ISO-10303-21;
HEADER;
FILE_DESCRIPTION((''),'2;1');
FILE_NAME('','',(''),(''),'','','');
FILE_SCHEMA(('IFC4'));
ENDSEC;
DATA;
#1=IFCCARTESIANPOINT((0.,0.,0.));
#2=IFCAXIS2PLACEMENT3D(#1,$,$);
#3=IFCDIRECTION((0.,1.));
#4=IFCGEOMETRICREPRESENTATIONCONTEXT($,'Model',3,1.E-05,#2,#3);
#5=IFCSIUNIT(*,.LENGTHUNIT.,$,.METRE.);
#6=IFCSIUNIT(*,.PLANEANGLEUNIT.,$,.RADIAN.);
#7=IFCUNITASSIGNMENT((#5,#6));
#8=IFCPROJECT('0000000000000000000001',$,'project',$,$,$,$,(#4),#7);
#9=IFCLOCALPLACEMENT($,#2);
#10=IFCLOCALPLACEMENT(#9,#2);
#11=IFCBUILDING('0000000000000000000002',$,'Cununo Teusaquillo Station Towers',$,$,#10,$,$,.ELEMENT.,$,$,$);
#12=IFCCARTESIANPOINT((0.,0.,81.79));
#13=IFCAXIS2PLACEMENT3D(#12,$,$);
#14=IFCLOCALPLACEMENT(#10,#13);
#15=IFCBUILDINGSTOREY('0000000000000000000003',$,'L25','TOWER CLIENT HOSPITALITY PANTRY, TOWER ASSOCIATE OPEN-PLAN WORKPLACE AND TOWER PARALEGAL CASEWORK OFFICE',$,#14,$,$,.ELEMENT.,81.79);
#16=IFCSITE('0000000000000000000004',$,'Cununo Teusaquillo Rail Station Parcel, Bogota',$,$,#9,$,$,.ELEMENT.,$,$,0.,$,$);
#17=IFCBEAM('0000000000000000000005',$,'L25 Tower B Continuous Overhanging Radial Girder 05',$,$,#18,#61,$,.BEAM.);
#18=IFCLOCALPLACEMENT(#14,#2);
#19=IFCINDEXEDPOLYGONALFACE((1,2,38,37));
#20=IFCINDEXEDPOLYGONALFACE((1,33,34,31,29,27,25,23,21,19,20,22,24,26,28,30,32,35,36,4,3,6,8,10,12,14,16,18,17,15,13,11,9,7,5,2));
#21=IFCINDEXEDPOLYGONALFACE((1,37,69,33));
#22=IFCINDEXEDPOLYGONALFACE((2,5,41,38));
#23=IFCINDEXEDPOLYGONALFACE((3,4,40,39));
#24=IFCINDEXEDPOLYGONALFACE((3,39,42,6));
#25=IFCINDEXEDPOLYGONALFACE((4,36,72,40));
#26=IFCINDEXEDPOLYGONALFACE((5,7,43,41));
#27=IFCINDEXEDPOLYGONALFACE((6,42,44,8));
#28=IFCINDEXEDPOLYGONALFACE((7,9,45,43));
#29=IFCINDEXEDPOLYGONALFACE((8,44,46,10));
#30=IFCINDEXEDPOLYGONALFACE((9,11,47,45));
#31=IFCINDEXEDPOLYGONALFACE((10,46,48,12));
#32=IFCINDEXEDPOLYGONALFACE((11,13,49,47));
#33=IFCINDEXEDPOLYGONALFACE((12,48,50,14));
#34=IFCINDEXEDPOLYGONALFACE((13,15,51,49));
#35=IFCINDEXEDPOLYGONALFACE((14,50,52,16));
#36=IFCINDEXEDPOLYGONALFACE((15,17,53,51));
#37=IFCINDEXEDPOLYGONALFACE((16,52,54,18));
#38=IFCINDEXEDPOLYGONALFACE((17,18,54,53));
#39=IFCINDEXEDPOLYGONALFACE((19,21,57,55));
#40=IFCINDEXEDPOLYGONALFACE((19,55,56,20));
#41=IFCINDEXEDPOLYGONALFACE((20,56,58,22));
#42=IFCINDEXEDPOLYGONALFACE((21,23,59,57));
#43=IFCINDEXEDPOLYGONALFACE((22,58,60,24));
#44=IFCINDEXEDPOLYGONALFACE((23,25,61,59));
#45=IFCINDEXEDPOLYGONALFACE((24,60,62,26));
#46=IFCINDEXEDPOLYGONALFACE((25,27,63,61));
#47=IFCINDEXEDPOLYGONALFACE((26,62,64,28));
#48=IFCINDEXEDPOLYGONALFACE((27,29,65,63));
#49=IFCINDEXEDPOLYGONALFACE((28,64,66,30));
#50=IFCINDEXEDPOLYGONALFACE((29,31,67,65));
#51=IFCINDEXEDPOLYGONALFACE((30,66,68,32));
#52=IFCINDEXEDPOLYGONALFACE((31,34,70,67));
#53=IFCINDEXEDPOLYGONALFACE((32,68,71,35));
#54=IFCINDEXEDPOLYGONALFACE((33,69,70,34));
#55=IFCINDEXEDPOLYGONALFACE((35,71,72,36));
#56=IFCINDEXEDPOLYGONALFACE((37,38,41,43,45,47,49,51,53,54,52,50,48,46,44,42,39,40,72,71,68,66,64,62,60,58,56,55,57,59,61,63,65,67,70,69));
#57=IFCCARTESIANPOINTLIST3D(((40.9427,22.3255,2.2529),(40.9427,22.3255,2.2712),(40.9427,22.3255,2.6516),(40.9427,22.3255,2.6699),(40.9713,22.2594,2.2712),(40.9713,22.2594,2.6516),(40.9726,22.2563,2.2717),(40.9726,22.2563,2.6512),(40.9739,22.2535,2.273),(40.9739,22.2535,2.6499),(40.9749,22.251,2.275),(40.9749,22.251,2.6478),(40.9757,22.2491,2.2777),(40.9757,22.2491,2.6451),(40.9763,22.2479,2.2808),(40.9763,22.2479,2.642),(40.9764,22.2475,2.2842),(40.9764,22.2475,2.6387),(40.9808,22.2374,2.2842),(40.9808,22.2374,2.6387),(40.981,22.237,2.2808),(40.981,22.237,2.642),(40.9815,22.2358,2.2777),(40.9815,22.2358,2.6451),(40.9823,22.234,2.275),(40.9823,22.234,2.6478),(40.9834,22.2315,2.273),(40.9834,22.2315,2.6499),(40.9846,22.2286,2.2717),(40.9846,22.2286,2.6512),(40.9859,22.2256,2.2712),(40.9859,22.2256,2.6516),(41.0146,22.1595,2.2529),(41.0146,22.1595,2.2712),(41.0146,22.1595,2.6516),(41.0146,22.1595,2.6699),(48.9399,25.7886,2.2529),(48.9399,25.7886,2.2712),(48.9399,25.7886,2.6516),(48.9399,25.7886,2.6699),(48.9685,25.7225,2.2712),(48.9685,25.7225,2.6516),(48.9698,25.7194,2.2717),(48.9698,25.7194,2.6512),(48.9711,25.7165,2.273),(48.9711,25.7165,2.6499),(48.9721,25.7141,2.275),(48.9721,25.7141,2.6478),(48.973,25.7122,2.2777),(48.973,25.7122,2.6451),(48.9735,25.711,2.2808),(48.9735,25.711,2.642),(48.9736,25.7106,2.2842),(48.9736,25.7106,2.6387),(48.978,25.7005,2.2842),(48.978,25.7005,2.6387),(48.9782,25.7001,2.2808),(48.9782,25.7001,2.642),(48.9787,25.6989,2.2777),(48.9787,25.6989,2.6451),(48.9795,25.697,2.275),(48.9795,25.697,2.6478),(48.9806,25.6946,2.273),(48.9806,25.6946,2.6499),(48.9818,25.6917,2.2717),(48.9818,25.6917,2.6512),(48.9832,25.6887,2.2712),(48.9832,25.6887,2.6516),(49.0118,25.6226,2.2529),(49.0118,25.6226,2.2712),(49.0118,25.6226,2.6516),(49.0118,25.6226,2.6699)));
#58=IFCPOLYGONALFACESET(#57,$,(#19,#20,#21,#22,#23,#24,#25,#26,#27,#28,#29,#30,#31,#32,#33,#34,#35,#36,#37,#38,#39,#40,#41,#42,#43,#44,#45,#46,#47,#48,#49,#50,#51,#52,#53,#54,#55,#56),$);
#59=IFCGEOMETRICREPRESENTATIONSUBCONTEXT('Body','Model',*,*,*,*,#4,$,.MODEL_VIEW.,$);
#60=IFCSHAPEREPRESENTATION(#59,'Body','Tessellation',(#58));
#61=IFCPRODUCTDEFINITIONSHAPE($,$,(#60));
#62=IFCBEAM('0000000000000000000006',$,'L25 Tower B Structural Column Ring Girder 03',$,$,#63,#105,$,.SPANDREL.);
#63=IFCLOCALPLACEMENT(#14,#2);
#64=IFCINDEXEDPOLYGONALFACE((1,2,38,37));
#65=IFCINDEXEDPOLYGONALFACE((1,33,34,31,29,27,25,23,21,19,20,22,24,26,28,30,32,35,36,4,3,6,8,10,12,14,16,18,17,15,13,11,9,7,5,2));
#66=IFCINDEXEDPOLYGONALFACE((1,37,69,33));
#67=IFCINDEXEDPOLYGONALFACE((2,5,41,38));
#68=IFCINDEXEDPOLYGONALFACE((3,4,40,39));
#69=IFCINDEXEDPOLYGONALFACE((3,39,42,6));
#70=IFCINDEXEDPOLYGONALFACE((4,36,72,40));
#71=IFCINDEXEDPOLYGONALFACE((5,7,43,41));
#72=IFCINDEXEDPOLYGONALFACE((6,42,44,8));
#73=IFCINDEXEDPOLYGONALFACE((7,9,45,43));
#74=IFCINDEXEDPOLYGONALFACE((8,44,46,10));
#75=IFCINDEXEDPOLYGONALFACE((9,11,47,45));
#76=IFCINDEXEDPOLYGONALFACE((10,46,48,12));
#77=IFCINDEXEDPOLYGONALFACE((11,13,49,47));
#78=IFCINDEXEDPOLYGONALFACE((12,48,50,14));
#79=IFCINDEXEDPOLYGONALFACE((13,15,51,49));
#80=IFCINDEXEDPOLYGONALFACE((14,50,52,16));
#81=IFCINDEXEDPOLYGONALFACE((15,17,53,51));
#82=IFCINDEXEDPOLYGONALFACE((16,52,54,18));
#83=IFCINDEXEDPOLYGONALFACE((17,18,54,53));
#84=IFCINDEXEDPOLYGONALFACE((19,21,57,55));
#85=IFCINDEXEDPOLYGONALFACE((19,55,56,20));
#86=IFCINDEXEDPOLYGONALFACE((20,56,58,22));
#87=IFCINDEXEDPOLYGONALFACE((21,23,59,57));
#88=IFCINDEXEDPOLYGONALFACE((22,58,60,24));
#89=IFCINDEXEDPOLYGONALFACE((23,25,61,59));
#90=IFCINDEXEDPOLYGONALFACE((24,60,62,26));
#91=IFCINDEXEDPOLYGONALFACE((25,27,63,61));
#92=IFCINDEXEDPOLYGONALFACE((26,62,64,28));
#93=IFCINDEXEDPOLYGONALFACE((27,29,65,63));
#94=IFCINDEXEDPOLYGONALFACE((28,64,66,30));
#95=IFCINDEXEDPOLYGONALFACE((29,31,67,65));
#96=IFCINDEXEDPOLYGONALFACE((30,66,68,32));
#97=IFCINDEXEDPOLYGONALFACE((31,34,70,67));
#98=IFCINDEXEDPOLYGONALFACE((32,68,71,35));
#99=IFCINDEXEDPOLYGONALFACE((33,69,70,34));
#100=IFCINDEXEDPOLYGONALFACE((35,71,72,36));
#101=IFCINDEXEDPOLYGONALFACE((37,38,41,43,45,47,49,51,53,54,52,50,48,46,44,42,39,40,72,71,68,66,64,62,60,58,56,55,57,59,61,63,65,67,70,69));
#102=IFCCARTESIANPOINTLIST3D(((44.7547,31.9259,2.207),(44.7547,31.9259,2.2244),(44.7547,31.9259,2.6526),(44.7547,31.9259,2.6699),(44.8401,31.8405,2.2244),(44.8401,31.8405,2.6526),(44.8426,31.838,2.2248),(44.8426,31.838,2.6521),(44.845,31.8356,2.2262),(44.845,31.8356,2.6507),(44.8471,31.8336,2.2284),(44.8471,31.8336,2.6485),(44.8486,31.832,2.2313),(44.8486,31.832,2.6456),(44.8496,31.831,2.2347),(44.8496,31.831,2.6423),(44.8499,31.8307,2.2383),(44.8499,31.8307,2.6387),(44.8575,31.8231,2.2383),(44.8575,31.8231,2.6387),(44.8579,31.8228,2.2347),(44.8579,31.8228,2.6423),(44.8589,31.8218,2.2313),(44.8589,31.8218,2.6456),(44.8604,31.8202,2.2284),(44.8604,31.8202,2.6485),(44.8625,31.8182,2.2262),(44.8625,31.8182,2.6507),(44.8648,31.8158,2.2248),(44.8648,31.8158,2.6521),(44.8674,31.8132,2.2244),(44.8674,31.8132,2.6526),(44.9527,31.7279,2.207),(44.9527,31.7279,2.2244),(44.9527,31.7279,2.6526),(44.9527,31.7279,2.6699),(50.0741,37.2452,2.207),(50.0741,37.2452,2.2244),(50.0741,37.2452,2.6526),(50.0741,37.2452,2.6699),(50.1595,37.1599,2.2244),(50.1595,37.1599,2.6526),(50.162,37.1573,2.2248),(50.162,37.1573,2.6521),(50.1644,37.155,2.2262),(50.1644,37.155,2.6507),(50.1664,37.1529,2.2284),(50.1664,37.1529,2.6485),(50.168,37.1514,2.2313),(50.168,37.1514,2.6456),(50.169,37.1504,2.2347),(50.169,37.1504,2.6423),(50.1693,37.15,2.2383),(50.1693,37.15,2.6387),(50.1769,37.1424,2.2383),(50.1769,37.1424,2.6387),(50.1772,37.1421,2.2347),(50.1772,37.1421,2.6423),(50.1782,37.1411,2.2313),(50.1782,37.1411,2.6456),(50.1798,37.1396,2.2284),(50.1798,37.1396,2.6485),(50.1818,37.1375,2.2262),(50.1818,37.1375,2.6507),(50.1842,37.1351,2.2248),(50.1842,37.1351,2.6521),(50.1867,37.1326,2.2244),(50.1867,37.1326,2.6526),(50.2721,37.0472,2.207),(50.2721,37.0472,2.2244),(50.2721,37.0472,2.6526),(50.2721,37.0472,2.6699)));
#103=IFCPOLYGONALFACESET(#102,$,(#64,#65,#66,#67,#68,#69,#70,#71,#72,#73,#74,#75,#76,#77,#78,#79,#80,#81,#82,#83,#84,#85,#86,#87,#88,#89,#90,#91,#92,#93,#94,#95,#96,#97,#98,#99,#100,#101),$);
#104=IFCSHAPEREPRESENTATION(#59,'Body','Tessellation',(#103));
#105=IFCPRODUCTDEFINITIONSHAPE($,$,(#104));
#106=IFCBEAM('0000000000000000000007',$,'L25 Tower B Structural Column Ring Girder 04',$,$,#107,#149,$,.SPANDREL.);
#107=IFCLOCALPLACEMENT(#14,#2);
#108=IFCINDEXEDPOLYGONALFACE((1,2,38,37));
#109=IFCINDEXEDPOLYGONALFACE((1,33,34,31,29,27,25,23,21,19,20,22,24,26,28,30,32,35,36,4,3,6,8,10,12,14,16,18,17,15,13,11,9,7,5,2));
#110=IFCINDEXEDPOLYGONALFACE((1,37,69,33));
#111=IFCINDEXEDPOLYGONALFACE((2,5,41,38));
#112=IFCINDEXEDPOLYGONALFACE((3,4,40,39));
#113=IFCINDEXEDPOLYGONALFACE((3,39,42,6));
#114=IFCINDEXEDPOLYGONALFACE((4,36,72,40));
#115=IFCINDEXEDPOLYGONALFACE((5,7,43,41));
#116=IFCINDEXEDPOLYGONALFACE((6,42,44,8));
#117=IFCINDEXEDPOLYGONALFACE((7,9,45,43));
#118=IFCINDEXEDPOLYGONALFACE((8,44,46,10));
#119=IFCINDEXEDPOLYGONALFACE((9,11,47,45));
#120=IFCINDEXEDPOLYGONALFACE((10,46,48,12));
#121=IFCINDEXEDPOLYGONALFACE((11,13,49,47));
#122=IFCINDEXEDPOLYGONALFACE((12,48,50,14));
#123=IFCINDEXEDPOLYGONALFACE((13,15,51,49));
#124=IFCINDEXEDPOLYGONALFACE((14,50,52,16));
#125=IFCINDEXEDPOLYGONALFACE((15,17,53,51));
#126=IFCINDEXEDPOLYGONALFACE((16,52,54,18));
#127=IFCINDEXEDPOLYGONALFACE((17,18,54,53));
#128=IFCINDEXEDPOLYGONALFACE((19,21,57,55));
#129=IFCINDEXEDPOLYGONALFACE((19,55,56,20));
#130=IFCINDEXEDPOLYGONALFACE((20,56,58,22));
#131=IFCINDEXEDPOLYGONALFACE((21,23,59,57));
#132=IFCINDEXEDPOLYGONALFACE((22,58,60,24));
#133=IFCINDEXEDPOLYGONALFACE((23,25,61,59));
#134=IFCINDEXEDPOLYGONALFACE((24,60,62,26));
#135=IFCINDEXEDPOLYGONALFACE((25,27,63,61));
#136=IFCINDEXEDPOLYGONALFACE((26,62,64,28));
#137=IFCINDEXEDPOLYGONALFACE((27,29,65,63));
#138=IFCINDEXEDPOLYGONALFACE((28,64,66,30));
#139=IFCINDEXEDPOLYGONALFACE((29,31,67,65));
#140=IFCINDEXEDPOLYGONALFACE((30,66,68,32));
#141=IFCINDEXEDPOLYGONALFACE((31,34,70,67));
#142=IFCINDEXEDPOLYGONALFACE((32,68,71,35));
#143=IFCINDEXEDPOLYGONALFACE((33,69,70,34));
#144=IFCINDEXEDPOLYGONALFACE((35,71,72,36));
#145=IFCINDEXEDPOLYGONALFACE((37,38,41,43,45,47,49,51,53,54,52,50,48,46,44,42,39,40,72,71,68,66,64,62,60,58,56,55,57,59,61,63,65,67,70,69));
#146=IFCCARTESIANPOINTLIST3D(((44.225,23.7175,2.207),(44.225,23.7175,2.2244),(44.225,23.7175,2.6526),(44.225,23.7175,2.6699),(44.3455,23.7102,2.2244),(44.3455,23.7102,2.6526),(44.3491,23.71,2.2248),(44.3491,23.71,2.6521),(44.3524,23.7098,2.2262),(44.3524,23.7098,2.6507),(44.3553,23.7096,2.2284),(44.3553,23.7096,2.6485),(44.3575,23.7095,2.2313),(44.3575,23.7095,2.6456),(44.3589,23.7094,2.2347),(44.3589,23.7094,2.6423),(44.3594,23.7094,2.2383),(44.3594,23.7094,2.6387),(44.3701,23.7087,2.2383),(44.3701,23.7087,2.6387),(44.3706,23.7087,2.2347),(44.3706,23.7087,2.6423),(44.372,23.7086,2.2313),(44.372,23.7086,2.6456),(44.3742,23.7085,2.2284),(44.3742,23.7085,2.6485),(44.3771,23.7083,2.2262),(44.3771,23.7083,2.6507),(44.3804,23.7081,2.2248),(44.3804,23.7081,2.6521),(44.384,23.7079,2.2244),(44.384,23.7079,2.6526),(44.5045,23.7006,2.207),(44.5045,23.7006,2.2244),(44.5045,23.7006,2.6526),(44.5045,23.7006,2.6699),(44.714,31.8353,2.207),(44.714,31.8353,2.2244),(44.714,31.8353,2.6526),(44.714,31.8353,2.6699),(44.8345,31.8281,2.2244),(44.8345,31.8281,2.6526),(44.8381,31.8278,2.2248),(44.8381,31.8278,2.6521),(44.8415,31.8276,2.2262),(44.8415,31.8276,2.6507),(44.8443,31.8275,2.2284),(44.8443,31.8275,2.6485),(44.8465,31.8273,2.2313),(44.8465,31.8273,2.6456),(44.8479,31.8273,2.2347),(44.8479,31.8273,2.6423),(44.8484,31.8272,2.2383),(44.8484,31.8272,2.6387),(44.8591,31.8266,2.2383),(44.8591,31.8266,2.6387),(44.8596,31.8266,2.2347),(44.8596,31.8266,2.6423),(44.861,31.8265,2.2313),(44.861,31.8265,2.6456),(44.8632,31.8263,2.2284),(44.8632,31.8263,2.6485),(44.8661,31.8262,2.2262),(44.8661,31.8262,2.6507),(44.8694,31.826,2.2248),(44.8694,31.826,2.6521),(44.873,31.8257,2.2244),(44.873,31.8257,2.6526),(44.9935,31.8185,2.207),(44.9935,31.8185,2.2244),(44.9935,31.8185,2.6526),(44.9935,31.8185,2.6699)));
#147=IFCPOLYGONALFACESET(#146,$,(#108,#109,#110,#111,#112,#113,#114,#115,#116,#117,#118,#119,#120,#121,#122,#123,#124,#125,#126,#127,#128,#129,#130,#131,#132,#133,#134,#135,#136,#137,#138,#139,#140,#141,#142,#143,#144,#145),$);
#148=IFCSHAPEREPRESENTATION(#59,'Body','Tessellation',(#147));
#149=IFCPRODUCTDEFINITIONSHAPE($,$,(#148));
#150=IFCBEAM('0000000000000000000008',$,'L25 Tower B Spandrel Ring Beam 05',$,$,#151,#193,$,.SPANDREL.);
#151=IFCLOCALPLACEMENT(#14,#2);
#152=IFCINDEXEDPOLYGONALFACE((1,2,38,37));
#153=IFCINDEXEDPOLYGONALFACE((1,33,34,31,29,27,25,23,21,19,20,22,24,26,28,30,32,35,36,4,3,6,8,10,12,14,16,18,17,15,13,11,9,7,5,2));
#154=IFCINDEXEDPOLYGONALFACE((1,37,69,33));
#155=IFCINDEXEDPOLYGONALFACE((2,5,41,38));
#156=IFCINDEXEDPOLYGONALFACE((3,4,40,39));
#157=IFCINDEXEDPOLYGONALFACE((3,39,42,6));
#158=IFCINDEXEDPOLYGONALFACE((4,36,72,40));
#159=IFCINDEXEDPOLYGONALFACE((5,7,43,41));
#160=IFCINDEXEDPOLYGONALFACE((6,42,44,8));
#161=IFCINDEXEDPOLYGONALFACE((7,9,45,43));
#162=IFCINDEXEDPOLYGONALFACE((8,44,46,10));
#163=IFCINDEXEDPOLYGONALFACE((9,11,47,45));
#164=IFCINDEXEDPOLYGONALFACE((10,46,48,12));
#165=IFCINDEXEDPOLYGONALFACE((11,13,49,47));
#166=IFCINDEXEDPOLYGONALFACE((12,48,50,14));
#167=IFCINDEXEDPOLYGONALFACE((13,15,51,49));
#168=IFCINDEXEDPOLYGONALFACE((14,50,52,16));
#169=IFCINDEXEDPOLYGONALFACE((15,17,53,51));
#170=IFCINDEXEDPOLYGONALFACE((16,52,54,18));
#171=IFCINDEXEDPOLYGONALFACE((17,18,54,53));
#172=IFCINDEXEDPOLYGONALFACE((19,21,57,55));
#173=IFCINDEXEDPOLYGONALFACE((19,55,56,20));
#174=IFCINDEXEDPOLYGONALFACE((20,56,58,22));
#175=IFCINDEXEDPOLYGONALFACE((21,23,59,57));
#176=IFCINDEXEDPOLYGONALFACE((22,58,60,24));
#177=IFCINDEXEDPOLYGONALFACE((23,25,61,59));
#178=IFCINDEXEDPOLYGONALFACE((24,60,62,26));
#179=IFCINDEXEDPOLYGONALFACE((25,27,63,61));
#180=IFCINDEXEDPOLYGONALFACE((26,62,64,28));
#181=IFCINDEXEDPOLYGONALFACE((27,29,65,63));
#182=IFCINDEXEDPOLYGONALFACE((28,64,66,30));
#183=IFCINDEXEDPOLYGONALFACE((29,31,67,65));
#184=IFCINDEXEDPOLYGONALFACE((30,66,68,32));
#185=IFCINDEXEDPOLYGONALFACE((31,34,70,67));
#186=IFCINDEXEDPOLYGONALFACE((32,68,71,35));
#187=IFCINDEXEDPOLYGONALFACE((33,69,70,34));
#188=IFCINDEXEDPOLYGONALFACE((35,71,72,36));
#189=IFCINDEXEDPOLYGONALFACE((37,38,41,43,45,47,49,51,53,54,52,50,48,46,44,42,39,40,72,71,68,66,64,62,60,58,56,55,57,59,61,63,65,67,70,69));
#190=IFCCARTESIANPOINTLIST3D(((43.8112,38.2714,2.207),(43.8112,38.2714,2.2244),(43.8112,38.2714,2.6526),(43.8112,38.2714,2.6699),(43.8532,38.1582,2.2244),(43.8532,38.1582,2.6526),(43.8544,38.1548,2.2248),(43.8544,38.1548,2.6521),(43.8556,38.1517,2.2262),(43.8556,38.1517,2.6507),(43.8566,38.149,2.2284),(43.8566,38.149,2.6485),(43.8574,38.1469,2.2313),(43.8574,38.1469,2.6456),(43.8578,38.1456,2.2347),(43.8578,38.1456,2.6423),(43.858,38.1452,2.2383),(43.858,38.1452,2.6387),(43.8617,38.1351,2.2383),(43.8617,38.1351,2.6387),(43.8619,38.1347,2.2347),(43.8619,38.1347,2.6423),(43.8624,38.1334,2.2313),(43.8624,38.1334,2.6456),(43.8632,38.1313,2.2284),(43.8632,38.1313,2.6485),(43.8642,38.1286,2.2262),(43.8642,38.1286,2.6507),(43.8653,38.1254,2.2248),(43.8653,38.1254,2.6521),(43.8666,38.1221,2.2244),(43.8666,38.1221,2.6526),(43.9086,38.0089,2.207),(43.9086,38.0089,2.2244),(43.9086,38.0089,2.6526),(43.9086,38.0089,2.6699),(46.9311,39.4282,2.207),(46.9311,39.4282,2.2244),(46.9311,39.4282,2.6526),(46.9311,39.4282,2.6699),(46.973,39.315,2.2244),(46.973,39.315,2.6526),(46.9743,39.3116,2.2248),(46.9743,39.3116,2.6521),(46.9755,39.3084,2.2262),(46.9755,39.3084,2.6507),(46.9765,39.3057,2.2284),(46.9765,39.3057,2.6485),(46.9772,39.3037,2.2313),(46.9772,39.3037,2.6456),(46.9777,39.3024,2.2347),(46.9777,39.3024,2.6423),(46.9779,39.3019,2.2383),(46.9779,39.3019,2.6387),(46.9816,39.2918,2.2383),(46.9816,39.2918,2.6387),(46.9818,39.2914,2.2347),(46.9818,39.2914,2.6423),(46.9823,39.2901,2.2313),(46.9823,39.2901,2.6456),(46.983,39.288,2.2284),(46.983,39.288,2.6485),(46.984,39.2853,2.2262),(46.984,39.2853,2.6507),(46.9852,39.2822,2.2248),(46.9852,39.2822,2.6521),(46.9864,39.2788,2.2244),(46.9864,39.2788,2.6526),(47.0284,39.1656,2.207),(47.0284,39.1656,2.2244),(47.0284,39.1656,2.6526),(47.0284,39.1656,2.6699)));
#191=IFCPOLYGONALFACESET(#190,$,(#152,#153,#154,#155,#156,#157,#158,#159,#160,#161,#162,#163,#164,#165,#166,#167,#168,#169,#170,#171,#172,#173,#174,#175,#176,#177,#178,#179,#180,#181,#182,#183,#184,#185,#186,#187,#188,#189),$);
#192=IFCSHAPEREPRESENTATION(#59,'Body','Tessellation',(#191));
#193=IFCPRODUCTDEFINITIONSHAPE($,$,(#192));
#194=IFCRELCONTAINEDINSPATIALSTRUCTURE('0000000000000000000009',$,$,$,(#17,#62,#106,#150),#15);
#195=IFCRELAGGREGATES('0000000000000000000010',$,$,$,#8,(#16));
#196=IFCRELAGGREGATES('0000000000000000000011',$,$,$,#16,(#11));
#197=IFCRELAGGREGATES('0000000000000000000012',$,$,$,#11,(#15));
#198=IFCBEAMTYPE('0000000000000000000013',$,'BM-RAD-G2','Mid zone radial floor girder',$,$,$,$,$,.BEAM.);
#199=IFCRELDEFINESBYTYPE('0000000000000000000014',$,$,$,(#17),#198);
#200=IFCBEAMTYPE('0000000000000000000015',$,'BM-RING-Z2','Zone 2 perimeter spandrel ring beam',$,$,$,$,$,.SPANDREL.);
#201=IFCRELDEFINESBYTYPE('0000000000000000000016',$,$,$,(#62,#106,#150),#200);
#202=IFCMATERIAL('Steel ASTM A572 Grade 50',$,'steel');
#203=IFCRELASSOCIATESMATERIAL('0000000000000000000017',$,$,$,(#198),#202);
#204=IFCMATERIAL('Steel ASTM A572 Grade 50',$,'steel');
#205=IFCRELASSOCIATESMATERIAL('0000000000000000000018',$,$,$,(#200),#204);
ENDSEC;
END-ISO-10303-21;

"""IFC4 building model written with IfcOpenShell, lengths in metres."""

from ifc_helpers import new_model, si_unit, direction, frame, origin, origin_2d, place, context, subcontext, project, spatial, i_section, extrude, material, material_profile, profile_set, type_object, element, save


model = new_model("IFC4")

# Units and contexts
model_context = context("Model", 3, precision=1e-05, world=origin(), true_north=direction((0.0, 1.0)))
body_context = subcontext(model_context, "Body", "Model", "MODEL_VIEW")
ifc_project = project(units=[si_unit("LENGTHUNIT", "METRE"), si_unit("PLANEANGLEUNIT", "RADIAN")], contexts=[model_context])

# Site, building, storey
site_placement = place(None, origin())
site = spatial("IfcSite", under=ifc_project, at=site_placement, Name="Cununo Teusaquillo Rail Station Parcel, Bogota", CompositionType="ELEMENT", RefElevation=0.0)
building_placement = place(site_placement, origin())
building = spatial("IfcBuilding", under=site, at=building_placement, Name="Cununo Teusaquillo Station Towers", CompositionType="ELEMENT")
storey_placement = place(building_placement, frame((0.0, 0.0, 81.79)))
storey = spatial("IfcBuildingStorey", under=building, at=storey_placement, Name="L25", Description="TOWER CLIENT HOSPITALITY PANTRY, TOWER ASSOCIATE OPEN-PLAN WORKPLACE AND TOWER PARALEGAL CASEWORK OFFICE", CompositionType="ELEMENT", Elevation=81.79)

# Beams
ifc_material_1 = material(Name="Steel ASTM A572 Grade 50", Category="steel")
ifc_material_profile_1 = material_profile(ifc_material_1, i_section(OverallWidth=0.1809, OverallDepth=0.417, WebThickness=0.011, FlangeThickness=0.0183, FilletRadius=0.0129, at=origin_2d()), Name="W16X57")
ifc_profile_set_1 = profile_set([ifc_material_profile_1], Name="Steel ASTM A572 Grade 50")
beam_type_1 = type_object("IfcBeamType", Name="BM-RAD-G2", Description="Mid zone radial floor girder", PredefinedType="BEAM", material=ifc_profile_set_1)
beam_1_placement = place(storey_placement, frame((48.9758, 25.7056, 2.4614), z_axis=(-0.917655, -0.397379, 0.0), x_axis=(0.397379, -0.917655, 0.0)))
element("IfcBeam", 1, at=beam_1_placement, inside=storey, type_object=beam_type_1, Name="L25 Tower B Continuous Overhanging Radial Girder 05", PredefinedType="BEAM", context=body_context, shape_type="SweptSolid", body=[
    extrude(i_section(OverallWidth=0.1809, OverallDepth=0.417, WebThickness=0.011, FlangeThickness=0.0183, FilletRadius=0.0129, at=origin_2d()), origin(), (0.0, 0.0, 1.0), 8.7148),
])
ifc_material_2 = material(Name="Steel ASTM A572 Grade 50", Category="steel")
ifc_material_profile_2 = material_profile(ifc_material_2, i_section(OverallWidth=0.28, OverallDepth=0.4629, WebThickness=0.0107, FlangeThickness=0.0173, FilletRadius=0.0139, at=origin_2d()), Name="W18X76")
ifc_profile_set_2 = profile_set([ifc_material_profile_2], Name="Steel ASTM A572 Grade 50")
beam_type_2 = type_object("IfcBeamType", Name="BM-RING-Z2", Description="Zone 2 perimeter spandrel ring beam", PredefinedType="SPANDREL", material=ifc_profile_set_2)
beam_2_placement = place(storey_placement, frame((50.1731, 37.1462, 2.4385), z_axis=(-0.707107, -0.707107, 0.0), x_axis=(0.707107, -0.707107, 0.0)))
element("IfcBeam", 2, at=beam_2_placement, inside=storey, type_object=beam_type_2, Name="L25 Tower B Structural Column Ring Girder 03", PredefinedType="SPANDREL", context=body_context, shape_type="SweptSolid", body=[
    extrude(i_section(OverallWidth=0.28, OverallDepth=0.4629, WebThickness=0.0107, FlangeThickness=0.0173, FilletRadius=0.0139, at=origin_2d()), origin(), (0.0, 0.0, 1.0), 7.5227),
])
beam_3_placement = place(storey_placement, frame((44.8538, 31.8269, 2.4385), z_axis=(-0.06013, -0.998191, 0.0), x_axis=(0.998191, -0.06013, 0.0)))
element("IfcBeam", 3, at=beam_3_placement, inside=storey, type_object=beam_type_2, Name="L25 Tower B Structural Column Ring Girder 04", PredefinedType="SPANDREL", context=body_context, shape_type="SweptSolid", body=[
    extrude(i_section(OverallWidth=0.28, OverallDepth=0.4629, WebThickness=0.0107, FlangeThickness=0.0173, FilletRadius=0.0139, at=origin_2d()), origin(), (0.0, 0.0, 1.0), 8.1326),
])
for number, where, z_axis, x_axis, name in (
    (4, (46.9797, 39.2969, 2.4385), (-0.937628, -0.347639, 0.0), (0.347639, -0.937628, 0.0), "L25 Tower B Spandrel Ring Beam 05"),
):
    element("IfcBeam", number, at=place(storey_placement, frame(where, z_axis=z_axis, x_axis=x_axis)), inside=storey, type_object=beam_type_2, Name=name, PredefinedType="SPANDREL", context=body_context, shape_type="SweptSolid", body=[
        extrude(i_section(OverallWidth=0.28, OverallDepth=0.4629, WebThickness=0.0107, FlangeThickness=0.0173, FilletRadius=0.0139, at=origin_2d()), origin(), (0.0, 0.0, 1.0), 3.3274),
    ])

save(model, "model.ifc")
